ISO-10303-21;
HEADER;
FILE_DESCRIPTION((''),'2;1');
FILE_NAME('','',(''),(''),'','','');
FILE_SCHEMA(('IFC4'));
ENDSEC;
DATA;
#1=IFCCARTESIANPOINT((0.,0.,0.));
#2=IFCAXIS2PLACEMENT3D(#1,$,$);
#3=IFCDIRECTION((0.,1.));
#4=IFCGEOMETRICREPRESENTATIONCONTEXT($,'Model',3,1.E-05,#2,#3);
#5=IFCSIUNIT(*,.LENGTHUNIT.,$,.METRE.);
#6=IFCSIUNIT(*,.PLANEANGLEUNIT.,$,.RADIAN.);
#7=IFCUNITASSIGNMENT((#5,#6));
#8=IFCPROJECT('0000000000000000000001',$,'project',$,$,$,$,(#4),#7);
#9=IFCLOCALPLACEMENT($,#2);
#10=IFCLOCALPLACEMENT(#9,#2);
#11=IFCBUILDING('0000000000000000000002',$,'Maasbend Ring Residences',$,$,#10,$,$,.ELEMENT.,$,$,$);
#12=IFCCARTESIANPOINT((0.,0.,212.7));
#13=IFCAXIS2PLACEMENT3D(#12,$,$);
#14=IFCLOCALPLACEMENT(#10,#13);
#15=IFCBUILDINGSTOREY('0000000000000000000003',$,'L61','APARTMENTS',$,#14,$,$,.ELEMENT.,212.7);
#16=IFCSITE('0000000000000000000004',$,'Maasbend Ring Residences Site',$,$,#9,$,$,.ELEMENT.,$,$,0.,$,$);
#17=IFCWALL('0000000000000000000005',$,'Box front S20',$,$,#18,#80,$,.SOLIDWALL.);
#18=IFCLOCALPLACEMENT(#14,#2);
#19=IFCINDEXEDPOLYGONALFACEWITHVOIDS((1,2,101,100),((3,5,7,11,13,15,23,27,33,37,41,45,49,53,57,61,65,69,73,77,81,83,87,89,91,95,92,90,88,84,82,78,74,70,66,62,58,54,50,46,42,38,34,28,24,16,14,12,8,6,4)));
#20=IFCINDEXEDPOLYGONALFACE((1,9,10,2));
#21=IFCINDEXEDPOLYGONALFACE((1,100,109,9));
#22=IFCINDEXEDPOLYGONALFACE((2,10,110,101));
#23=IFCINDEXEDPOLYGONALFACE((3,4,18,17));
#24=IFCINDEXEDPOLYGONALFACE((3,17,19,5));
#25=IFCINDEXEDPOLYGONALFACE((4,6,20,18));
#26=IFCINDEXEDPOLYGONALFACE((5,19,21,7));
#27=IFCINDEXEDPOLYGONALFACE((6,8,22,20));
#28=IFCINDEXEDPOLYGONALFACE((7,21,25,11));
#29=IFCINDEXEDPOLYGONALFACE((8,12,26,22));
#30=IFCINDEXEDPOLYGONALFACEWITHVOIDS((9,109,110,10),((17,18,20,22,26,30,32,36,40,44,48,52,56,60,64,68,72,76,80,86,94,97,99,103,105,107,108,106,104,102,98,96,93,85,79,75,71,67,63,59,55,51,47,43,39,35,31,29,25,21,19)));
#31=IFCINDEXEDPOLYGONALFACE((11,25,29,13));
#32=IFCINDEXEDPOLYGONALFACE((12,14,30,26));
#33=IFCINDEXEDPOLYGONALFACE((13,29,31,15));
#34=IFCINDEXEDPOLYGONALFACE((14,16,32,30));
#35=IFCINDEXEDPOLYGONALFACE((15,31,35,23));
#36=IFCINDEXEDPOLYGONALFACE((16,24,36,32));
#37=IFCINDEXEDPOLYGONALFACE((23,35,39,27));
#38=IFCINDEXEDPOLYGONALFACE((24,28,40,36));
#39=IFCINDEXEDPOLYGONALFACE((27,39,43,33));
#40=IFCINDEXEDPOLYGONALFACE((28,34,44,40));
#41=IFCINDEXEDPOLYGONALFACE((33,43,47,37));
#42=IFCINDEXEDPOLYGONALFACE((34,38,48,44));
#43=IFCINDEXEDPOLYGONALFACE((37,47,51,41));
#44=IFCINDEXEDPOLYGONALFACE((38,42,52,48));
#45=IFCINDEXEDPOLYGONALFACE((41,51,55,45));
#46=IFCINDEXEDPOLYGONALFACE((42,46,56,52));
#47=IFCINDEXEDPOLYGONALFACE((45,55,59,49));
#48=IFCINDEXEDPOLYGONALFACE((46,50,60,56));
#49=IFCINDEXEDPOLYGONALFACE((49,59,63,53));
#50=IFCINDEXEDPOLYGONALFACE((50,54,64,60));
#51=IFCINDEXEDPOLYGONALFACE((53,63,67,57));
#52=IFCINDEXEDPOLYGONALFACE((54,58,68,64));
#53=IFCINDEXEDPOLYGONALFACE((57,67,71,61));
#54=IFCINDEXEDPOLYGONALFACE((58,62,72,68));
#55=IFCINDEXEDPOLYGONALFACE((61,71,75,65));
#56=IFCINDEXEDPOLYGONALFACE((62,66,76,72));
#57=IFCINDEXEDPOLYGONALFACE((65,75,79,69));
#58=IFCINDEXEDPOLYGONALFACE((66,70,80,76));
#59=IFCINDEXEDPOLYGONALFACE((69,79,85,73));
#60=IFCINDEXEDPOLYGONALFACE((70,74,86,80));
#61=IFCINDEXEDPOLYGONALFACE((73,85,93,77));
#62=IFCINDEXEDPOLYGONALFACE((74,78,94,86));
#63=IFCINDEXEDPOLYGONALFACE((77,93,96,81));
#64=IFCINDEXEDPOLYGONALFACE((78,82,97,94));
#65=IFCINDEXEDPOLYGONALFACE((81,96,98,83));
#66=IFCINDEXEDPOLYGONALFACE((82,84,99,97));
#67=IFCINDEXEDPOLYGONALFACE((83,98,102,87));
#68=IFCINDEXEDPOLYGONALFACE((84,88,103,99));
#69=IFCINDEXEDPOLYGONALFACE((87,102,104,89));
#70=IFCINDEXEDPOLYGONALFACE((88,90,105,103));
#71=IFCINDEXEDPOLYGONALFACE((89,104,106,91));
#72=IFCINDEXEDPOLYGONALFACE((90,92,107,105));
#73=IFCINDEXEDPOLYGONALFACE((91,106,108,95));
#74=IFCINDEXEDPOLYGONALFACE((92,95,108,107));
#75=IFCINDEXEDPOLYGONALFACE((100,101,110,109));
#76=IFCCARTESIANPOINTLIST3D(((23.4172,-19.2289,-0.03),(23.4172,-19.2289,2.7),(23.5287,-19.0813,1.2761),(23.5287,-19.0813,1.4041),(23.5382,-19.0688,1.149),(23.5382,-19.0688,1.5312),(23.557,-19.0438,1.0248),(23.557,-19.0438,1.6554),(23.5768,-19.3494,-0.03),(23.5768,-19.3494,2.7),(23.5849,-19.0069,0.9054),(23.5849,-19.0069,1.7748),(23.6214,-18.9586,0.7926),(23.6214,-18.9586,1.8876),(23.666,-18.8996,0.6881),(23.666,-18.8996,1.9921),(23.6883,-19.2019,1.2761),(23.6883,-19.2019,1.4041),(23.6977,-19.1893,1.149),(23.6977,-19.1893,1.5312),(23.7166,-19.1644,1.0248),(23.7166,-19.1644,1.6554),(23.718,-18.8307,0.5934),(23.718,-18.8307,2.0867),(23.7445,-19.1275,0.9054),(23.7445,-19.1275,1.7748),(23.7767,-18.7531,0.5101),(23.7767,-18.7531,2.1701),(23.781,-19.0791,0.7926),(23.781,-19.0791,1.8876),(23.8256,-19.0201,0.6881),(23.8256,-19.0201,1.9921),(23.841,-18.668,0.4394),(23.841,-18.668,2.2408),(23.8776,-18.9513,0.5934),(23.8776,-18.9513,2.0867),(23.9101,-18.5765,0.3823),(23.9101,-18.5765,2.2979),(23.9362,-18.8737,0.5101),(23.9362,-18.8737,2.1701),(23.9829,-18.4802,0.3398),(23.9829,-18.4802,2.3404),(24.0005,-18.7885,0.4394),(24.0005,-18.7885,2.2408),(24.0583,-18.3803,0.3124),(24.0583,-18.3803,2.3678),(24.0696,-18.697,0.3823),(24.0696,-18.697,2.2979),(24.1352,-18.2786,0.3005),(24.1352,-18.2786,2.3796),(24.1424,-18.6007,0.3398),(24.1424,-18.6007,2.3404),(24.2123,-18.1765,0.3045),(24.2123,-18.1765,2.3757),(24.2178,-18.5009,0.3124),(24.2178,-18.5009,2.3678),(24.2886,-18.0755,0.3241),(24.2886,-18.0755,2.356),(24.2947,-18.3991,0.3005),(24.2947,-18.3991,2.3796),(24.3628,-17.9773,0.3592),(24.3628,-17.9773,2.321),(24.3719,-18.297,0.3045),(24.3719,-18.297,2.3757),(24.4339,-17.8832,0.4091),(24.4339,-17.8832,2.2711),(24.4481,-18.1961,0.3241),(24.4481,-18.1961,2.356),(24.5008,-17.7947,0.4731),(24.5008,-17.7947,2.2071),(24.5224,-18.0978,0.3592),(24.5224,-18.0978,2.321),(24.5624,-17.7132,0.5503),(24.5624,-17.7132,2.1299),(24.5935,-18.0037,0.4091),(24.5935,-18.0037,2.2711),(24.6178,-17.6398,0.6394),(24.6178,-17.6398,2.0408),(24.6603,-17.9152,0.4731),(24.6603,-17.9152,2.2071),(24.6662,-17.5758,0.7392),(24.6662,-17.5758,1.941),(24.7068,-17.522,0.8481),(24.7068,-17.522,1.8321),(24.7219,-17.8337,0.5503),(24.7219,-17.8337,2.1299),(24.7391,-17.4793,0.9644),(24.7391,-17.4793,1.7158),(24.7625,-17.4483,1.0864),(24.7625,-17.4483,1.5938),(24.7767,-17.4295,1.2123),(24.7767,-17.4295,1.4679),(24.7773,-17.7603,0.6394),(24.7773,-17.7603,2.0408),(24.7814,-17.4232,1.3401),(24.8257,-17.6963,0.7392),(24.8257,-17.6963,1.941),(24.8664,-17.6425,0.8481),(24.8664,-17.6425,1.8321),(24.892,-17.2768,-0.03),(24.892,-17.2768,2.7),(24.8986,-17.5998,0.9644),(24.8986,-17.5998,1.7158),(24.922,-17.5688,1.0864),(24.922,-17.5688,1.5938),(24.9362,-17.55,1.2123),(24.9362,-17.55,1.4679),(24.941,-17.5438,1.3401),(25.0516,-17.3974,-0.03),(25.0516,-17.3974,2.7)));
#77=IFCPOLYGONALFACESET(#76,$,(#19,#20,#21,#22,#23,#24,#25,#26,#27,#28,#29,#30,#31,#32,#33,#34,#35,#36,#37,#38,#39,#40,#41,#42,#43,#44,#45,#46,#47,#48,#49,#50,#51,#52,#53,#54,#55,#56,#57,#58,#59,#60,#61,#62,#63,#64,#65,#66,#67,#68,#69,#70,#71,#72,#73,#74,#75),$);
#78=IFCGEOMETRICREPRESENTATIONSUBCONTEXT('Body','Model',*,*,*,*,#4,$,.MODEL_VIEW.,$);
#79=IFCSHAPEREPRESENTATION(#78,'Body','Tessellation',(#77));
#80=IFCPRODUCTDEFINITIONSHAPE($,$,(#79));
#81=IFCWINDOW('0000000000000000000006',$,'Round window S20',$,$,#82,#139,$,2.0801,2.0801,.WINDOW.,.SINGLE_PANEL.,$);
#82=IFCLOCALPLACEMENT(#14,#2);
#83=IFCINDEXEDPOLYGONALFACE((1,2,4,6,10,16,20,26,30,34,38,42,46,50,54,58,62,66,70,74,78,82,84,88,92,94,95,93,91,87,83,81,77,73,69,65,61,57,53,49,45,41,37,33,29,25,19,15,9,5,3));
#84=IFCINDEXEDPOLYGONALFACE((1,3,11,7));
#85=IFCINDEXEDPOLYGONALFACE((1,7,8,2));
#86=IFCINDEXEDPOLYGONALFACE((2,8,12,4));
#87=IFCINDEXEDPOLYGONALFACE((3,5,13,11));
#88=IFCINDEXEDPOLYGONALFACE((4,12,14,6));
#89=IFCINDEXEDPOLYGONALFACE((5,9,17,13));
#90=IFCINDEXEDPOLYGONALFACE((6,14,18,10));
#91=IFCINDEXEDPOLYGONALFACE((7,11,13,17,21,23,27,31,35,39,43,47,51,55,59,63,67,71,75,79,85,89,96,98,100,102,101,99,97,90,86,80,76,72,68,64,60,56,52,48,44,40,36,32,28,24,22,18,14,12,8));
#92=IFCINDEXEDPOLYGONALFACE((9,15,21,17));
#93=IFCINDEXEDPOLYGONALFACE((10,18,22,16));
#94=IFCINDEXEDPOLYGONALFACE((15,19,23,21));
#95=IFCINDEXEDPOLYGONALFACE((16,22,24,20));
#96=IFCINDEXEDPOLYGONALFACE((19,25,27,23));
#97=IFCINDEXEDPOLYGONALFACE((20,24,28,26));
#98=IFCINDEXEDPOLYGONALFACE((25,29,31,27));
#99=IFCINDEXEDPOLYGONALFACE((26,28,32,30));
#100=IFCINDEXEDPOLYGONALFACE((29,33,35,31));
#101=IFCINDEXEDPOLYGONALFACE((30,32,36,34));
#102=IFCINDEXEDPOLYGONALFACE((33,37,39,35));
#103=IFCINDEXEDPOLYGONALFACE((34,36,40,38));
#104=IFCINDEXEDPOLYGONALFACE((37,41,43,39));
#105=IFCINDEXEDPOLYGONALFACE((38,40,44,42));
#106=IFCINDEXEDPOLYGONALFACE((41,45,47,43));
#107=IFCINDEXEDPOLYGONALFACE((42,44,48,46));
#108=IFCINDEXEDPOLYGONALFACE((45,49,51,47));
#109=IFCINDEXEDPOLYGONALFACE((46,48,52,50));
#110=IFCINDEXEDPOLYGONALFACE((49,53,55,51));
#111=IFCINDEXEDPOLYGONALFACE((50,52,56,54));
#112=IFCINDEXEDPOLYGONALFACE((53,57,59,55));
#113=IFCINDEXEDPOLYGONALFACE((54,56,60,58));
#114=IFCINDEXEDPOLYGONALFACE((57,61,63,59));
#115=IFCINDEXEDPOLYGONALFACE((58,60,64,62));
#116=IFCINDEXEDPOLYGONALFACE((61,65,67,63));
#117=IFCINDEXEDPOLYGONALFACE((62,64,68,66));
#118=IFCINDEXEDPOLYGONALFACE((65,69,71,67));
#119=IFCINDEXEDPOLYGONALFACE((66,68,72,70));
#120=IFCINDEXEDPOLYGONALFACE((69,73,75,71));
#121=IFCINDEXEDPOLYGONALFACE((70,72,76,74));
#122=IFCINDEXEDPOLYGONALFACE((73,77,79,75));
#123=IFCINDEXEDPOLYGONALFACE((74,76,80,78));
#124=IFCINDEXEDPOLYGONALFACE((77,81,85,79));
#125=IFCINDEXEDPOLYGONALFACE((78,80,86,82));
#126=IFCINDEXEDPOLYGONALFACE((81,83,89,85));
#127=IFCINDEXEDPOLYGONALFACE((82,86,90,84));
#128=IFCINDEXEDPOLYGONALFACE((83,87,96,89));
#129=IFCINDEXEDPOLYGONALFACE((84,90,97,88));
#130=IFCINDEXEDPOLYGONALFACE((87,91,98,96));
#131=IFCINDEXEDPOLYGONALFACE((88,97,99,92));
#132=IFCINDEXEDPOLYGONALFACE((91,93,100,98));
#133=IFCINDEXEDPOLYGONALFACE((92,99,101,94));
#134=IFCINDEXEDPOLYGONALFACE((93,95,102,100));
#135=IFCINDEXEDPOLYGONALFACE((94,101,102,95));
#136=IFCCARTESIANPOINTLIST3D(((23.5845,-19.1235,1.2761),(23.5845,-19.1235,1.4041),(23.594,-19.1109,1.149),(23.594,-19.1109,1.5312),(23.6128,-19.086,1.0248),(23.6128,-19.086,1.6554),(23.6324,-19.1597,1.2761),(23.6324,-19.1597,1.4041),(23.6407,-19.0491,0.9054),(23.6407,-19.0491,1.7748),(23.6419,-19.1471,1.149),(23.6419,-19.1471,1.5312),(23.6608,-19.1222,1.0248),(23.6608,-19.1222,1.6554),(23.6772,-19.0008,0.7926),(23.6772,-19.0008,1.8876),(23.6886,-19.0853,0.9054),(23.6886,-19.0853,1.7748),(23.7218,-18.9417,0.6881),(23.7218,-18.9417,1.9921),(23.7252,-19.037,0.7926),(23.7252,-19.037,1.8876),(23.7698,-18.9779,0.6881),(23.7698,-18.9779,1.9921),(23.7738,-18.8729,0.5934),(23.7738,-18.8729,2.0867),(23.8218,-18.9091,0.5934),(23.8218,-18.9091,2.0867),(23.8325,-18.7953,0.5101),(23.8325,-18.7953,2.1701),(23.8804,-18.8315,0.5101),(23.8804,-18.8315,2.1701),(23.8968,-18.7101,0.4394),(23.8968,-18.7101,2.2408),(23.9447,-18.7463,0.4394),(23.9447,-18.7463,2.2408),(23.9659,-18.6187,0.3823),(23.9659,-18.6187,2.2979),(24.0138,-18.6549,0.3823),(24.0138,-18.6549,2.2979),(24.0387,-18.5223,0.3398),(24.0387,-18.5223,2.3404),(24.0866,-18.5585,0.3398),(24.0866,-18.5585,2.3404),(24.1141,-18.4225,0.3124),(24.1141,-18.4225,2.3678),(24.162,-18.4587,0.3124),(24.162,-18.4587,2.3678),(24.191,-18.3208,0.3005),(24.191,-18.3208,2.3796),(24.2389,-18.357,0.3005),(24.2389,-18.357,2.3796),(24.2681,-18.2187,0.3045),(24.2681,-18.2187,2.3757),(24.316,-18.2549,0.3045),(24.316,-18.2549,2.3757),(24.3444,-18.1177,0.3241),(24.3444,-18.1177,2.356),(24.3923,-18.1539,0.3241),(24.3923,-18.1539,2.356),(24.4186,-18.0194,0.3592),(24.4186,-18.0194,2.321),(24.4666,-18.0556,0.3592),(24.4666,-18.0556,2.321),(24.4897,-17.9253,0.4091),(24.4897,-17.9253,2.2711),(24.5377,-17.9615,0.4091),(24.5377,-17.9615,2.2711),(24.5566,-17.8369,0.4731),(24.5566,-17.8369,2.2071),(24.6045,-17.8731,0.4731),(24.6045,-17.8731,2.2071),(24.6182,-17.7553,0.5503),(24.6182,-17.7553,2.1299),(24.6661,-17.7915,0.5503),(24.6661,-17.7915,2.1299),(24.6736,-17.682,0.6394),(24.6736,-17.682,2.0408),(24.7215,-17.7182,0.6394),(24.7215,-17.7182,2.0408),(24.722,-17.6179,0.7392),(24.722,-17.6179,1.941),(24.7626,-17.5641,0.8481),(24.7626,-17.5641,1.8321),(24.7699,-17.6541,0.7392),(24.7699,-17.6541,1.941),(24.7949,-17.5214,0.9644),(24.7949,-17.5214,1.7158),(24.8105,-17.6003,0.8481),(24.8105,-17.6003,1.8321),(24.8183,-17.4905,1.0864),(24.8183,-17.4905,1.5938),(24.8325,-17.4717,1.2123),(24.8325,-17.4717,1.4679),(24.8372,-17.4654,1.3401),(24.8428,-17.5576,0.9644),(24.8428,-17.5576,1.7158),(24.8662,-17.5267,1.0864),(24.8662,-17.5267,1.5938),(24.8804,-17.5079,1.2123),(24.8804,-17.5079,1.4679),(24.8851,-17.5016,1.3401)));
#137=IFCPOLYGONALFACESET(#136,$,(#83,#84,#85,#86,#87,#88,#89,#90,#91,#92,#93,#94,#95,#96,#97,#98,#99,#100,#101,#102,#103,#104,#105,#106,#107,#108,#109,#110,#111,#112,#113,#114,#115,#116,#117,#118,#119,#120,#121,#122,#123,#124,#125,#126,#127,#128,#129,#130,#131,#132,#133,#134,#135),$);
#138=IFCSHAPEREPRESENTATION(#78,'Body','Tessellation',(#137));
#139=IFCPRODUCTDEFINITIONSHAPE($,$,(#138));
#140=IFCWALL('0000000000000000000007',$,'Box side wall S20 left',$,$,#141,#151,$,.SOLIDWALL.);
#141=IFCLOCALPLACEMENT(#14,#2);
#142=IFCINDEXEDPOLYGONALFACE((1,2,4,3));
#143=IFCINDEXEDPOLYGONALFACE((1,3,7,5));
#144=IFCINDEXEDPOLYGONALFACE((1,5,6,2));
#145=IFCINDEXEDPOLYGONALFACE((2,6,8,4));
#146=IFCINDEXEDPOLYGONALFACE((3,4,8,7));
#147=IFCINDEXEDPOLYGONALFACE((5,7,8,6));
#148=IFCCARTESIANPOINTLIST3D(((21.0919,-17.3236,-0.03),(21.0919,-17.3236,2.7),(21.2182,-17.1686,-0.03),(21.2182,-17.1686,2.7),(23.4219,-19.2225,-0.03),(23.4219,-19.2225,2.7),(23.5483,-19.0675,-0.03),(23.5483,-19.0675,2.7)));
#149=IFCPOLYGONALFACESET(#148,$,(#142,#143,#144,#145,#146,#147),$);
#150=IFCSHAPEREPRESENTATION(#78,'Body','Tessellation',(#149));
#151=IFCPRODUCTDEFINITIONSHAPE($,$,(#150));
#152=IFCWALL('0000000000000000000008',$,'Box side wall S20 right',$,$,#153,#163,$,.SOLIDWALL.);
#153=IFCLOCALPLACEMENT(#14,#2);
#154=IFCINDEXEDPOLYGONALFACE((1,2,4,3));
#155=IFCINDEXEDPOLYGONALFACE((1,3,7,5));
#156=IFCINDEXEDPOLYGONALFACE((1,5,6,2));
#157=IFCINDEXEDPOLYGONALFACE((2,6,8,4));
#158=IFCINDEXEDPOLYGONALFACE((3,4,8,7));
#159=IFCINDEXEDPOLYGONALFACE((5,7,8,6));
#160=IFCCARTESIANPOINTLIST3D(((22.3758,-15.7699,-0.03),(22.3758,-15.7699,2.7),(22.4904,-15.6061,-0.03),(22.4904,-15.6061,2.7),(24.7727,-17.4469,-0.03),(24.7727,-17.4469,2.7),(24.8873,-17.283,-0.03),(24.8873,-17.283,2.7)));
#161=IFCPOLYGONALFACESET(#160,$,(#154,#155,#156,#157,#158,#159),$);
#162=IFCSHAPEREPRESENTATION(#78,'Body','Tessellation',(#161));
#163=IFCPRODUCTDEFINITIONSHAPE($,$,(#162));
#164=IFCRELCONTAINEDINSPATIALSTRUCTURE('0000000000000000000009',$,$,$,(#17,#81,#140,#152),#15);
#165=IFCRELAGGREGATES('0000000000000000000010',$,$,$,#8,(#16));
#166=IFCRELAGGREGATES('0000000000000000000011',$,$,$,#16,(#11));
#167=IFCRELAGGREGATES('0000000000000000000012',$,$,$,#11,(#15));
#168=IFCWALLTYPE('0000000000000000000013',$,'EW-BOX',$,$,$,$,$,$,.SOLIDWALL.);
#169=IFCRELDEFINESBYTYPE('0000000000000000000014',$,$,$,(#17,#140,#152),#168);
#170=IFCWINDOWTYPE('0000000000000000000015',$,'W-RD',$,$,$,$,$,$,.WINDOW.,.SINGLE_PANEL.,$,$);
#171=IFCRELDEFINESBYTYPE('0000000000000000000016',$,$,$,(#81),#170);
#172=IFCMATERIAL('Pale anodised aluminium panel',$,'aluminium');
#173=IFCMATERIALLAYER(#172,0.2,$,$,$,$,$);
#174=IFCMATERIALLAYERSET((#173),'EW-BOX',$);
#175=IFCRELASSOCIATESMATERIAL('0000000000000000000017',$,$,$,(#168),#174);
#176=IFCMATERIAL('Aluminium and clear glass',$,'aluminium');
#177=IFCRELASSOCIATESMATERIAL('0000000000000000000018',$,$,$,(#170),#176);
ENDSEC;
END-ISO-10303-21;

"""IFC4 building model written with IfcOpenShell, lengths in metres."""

from ifc_helpers import new_model, si_unit, direction, frame, frame_2d, origin, place, context, subcontext, project, spatial, rectangle, circle, extrude, material, layer, layer_set, type_object, element, fill, save


model = new_model("IFC4")

# Units and contexts
model_context = context("Model", 3, precision=1e-05, world=origin(), true_north=direction((0.0, 1.0)))
body_context = subcontext(model_context, "Body", "Model", "MODEL_VIEW")
ifc_project = project(units=[si_unit("LENGTHUNIT", "METRE"), si_unit("PLANEANGLEUNIT", "RADIAN")], contexts=[model_context])

# Site, building, storey
site_placement = place(None, origin())
site = spatial("IfcSite", under=ifc_project, at=site_placement, Name="Maasbend Ring Residences Site", CompositionType="ELEMENT", RefElevation=0.0)
building_placement = place(site_placement, origin())
building = spatial("IfcBuilding", under=site, at=building_placement, Name="Maasbend Ring Residences", CompositionType="ELEMENT")
storey_placement = place(building_placement, frame((0.0, 0.0, 212.7)))
storey = spatial("IfcBuildingStorey", under=building, at=storey_placement, Name="L61", Description="APARTMENTS", CompositionType="ELEMENT", Elevation=212.7)

# Shared definitions
ifc_material_1 = material(Name="Pale anodised aluminium panel", Category="aluminium")
ifc_layer_1 = layer(ifc_material_1, 0.2)
ifc_layer_set_1 = layer_set([ifc_layer_1], Name="EW-BOX")
wall_type_1 = type_object("IfcWallType", Name="EW-BOX", PredefinedType="SOLIDWALL", material=ifc_layer_set_1)
ifc_material_2 = material(Name="Aluminium and clear glass", Category="aluminium")
window_type_1 = type_object("IfcWindowType", Name="W-RD", PartitioningType="SINGLE_PANEL", PredefinedType="WINDOW", material=ifc_material_2)

# Wall, opening, window
wall_1_placement = place(storey_placement, frame((23.4971, -19.2891, -0.03), z_axis=(0.0, 0.0, 1.0), x_axis=(0.602806, 0.797888, 0.0)))
wall_1 = element("IfcWall", 1, at=wall_1_placement, inside=storey, type_object=wall_type_1, Name="Box front S20", PredefinedType="SOLIDWALL", context=body_context, shape_type="SweptSolid", body=[
    extrude(rectangle(XDim=2.4465, YDim=0.2, at=frame_2d((1.2231, 0.0))), origin(), (0.0, 0.0, 1.0), 2.73),
])
opening_1_placement = place(wall_1_placement, frame((0.1829, 0.0, 0.3301)))
opening_1 = element("IfcOpeningElement", 2, at=opening_1_placement, cuts=wall_1, PredefinedType="OPENING", context=body_context, shape_type="SweptSolid", body=[
    extrude(circle(Radius=1.04, at=frame_2d((1.04, 1.04))), frame((0.0, 0.1099, 0.0), z_axis=(0.0, -1.0, 0.0), x_axis=(1.0, 0.0, 0.0)), (0.0, 0.0, 1.0), 0.22),
])
window_1_placement = place(opening_1_placement, origin())
window_1 = element("IfcWindow", 3, at=window_1_placement, inside=storey, type_object=window_type_1, Name="Round window S20", OverallHeight=2.0801, OverallWidth=2.0801, PartitioningType="SINGLE_PANEL", PredefinedType="WINDOW", context=body_context, shape_type="SweptSolid", body=[
    extrude(circle(Radius=1.04, at=frame_2d((1.04, 1.04))), frame((0.0, 0.03, 0.0), z_axis=(0.0, -1.0, 0.0), x_axis=(1.0, 0.0, 0.0)), (0.0, 0.0, 1.0), 0.0601),
])
fill(opening_1, window_1)

# Walls
wall_2_placement = place(storey_placement, frame((21.155, -17.2461, -0.03), z_axis=(0.0, 0.0, 1.0), x_axis=(0.775179, -0.631742, 0.0)))
element("IfcWall", 4, at=wall_2_placement, inside=storey, type_object=wall_type_1, Name="Box side wall S20 left", PredefinedType="SOLIDWALL", context=body_context, shape_type="SweptSolid", body=[
    extrude(rectangle(XDim=3.0059, YDim=0.2, at=frame_2d((1.5029, 0.0))), origin(), (0.0, 0.0, 1.0), 2.73),
])
wall_3_placement = place(storey_placement, frame((22.4331, -15.688, -0.03), z_axis=(0.0, 0.0, 1.0), x_axis=(0.819373, -0.573261, 0.0)))
element("IfcWall", 5, at=wall_3_placement, inside=storey, type_object=wall_type_1, Name="Box side wall S20 right", PredefinedType="SOLIDWALL", context=body_context, shape_type="SweptSolid", body=[
    extrude(rectangle(XDim=2.9253, YDim=0.2, at=frame_2d((1.4626, 0.0))), origin(), (0.0, 0.0, 1.0), 2.73),
])

save(model, "model.ifc")
